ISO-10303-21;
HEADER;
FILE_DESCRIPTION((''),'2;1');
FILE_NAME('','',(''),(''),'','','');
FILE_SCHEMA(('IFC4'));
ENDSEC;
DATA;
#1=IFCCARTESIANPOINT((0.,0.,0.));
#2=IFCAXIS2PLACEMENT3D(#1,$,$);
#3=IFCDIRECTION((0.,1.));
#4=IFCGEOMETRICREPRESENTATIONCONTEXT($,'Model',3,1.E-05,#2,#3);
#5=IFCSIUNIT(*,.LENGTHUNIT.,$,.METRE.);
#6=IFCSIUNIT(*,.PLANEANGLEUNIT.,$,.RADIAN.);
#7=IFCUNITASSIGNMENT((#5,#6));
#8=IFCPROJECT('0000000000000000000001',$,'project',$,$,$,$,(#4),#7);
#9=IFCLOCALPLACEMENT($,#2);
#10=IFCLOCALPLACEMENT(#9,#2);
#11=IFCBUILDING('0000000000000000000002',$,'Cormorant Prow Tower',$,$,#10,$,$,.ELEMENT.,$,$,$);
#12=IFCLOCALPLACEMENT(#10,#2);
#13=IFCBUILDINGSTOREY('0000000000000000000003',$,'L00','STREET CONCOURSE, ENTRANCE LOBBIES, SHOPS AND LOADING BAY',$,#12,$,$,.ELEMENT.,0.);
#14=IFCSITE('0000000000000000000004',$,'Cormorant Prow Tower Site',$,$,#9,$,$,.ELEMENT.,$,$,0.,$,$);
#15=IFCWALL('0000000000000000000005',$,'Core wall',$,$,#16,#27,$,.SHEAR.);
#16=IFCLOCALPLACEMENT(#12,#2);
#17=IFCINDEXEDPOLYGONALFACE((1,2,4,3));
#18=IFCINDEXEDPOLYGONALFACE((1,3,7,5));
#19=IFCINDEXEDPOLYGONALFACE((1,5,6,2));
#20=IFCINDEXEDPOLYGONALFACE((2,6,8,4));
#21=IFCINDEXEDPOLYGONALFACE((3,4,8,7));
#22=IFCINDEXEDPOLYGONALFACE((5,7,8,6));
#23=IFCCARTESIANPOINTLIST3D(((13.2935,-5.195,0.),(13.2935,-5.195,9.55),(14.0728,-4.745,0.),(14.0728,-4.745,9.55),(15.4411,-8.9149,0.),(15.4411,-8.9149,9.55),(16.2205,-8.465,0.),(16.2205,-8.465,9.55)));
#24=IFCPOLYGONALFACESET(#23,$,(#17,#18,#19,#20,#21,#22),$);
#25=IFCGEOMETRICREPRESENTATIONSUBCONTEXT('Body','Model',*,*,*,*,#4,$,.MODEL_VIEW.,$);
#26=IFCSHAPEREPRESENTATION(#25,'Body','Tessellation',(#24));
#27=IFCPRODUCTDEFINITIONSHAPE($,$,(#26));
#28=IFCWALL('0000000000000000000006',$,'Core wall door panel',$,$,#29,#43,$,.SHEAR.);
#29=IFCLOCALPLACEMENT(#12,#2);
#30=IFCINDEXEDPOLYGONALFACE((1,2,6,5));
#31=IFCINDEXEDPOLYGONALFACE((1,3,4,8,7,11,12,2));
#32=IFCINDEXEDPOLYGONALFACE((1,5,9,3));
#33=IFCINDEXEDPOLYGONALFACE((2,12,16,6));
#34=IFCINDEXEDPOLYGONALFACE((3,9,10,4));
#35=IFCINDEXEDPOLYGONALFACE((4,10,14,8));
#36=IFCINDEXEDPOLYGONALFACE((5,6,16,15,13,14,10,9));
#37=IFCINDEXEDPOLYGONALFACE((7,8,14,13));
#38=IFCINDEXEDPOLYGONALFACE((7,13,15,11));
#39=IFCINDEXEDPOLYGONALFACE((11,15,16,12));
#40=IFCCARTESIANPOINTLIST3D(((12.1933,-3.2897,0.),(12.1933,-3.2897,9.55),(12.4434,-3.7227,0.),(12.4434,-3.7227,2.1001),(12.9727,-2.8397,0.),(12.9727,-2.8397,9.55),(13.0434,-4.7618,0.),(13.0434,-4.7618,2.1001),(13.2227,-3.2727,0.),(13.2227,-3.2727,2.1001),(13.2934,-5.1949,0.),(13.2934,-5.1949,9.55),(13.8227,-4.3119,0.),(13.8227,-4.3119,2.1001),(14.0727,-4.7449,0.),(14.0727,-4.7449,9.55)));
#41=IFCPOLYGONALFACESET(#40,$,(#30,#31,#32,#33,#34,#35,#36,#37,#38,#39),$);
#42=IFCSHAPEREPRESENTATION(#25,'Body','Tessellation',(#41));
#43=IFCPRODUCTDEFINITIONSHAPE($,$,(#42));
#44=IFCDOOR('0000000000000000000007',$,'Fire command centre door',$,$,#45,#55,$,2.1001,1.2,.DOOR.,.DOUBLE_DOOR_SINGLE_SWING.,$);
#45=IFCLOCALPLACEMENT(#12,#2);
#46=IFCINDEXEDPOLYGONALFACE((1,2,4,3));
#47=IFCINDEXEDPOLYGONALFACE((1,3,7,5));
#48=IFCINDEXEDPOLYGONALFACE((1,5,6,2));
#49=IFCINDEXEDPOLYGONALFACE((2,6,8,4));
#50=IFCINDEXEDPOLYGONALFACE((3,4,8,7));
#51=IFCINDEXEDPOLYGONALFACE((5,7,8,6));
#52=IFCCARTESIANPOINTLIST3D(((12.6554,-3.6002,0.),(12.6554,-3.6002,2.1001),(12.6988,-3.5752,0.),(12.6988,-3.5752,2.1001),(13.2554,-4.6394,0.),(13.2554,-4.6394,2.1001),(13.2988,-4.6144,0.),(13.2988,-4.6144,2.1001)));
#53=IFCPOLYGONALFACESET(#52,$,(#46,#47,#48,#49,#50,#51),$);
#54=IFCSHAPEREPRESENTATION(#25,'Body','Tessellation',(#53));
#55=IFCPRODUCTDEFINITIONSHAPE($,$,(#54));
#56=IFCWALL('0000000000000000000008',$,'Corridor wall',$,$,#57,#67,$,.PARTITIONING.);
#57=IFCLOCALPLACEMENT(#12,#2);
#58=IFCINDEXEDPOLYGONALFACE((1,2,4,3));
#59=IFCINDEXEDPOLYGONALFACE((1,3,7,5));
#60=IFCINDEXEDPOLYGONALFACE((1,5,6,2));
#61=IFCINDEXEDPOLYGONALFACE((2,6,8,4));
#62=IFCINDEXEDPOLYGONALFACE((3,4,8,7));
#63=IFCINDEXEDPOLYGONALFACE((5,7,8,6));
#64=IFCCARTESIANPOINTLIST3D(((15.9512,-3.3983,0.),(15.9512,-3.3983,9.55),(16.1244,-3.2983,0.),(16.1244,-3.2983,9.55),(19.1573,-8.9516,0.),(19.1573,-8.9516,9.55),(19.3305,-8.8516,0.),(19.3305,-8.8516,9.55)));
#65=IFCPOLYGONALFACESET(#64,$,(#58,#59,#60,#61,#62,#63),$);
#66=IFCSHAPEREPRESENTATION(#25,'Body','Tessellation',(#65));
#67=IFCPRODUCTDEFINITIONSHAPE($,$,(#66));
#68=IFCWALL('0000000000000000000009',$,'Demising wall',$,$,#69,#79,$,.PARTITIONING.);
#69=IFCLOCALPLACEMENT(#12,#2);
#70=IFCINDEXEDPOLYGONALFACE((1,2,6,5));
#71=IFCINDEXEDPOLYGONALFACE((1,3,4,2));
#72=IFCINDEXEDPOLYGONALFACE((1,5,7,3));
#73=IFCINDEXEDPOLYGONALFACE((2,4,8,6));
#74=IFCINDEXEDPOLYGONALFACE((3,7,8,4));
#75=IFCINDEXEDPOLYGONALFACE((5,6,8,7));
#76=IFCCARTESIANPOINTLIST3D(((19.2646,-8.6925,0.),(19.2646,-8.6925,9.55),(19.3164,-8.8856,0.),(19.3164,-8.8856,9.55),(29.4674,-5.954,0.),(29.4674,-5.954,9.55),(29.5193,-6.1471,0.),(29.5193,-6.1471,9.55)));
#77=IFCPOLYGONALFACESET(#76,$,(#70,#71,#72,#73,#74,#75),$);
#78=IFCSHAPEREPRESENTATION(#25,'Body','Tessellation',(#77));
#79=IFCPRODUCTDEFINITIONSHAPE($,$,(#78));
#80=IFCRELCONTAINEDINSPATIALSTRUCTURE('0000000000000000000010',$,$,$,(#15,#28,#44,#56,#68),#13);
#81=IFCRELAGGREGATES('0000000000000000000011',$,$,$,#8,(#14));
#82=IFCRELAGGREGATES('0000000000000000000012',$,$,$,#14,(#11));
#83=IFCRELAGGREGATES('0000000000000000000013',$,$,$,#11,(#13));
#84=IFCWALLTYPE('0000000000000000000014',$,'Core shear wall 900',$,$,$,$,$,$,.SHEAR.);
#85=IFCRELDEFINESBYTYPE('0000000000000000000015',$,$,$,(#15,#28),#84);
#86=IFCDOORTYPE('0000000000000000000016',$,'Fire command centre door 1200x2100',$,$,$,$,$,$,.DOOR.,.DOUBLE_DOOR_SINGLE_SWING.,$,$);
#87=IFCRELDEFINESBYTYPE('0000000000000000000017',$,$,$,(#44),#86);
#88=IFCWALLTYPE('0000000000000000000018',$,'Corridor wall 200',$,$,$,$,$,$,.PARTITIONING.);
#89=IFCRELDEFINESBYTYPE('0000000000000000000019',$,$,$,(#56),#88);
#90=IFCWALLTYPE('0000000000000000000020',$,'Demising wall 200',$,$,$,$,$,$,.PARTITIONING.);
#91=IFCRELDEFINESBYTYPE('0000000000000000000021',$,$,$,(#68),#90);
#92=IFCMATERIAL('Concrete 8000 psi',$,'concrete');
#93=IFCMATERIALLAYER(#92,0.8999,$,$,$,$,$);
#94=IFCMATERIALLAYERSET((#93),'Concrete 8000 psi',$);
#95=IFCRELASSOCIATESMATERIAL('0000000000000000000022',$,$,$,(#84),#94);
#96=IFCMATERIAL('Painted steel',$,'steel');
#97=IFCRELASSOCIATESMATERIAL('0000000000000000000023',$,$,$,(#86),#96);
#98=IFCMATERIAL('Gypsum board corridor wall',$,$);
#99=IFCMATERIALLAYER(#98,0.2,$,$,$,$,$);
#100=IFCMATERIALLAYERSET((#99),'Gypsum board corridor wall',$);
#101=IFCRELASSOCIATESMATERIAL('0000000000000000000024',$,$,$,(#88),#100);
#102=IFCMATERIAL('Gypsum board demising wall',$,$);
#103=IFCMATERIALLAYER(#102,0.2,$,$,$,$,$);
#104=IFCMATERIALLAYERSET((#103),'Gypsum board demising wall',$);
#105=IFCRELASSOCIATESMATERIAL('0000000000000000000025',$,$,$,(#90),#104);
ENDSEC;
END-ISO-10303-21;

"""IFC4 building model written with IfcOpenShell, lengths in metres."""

from ifc_helpers import new_model, si_unit, direction, frame, frame_2d, origin, place, context, subcontext, project, spatial, rectangle, extrude, material, layer, layer_set, type_object, element, fill, save


model = new_model("IFC4")

# Units and contexts
model_context = context("Model", 3, precision=1e-05, world=origin(), true_north=direction((0.0, 1.0)))
body_context = subcontext(model_context, "Body", "Model", "MODEL_VIEW")
ifc_project = project(units=[si_unit("LENGTHUNIT", "METRE"), si_unit("PLANEANGLEUNIT", "RADIAN")], contexts=[model_context])

# Site, building, storey
site_placement = place(None, origin())
site = spatial("IfcSite", under=ifc_project, at=site_placement, Name="Cormorant Prow Tower Site", CompositionType="ELEMENT", RefElevation=0.0)
building_placement = place(site_placement, origin())
building = spatial("IfcBuilding", under=site, at=building_placement, Name="Cormorant Prow Tower", CompositionType="ELEMENT")
storey_placement = place(building_placement, origin())
storey = spatial("IfcBuildingStorey", under=building, at=storey_placement, Name="L00", Description="STREET CONCOURSE, ENTRANCE LOBBIES, SHOPS AND LOADING BAY", CompositionType="ELEMENT", Elevation=0.0)

# Wall
ifc_material_1 = material(Name="Concrete 8000 psi", Category="concrete")
ifc_layer_1 = layer(ifc_material_1, 0.8999)
ifc_layer_set_1 = layer_set([ifc_layer_1], Name="Concrete 8000 psi")
wall_type_1 = type_object("IfcWallType", Name="Core shear wall 900", PredefinedType="SHEAR", material=ifc_layer_set_1)
wall_1_placement = place(storey_placement, frame((15.8308, -8.6899, 0.0), z_axis=(0.0, 0.0, 1.0), x_axis=(-0.499996, 0.866028, 0.0)))
element("IfcWall", 1, at=wall_1_placement, inside=storey, type_object=wall_type_1, Name="Core wall", PredefinedType="SHEAR", context=body_context, shape_type="SweptSolid", body=[
    extrude(rectangle(XDim=4.2954, YDim=0.8999, at=frame_2d((2.1477, 0.0))), origin(), (0.0, 0.0, 1.0), 9.55),
])

# Wall, opening, door
wall_2_placement = place(storey_placement, frame((13.6831, -4.97, 0.0), z_axis=(0.0, 0.0, 1.0), x_axis=(-0.50003, 0.866008, 0.0)))
wall_2 = element("IfcWall", 2, at=wall_2_placement, inside=storey, type_object=wall_type_1, Name="Core wall door panel", PredefinedType="SHEAR", context=body_context, shape_type="SweptSolid", body=[
    extrude(rectangle(XDim=2.2, YDim=0.8999, at=frame_2d((1.1001, 0.0))), origin(), (0.0, 0.0, 1.0), 9.55),
])
opening_placement = place(wall_2_placement, frame((0.5, 0.0, 0.0)))
opening = element("IfcOpeningElement", 3, at=opening_placement, cuts=wall_2, PredefinedType="OPENING", context=body_context, shape_type="SweptSolid", body=[
    extrude(rectangle(XDim=1.2, YDim=2.1001, at=frame_2d((0.6001, 1.05))), frame((0.0, 0.46, 0.0), z_axis=(0.0, -1.0, 0.0), x_axis=(1.0, 0.0, 0.0)), (0.0, 0.0, 1.0), 0.9199),
])
ifc_material_2 = material(Name="Painted steel", Category="steel")
door_type = type_object("IfcDoorType", Name="Fire command centre door 1200x2100", OperationType="DOUBLE_DOOR_SINGLE_SWING", PredefinedType="DOOR", material=ifc_material_2)
door_placement = place(opening_placement, origin())
door = element("IfcDoor", 4, at=door_placement, inside=storey, type_object=door_type, Name="Fire command centre door", OperationType="DOUBLE_DOOR_SINGLE_SWING", OverallHeight=2.1001, OverallWidth=1.2, PredefinedType="DOOR", context=body_context, shape_type="SweptSolid", body=[
    extrude(rectangle(XDim=1.2, YDim=2.1001, at=frame_2d((0.6001, 1.05))), frame((0.0, 0.2051, 0.0), z_axis=(0.0, -1.0, 0.0), x_axis=(1.0, 0.0, 0.0)), (0.0, 0.0, 1.0), 0.05),
])
fill(opening, door)

# Walls
ifc_material_3 = material(Name="Gypsum board corridor wall")
ifc_layer_2 = layer(ifc_material_3, 0.2)
ifc_layer_set_2 = layer_set([ifc_layer_2], Name="Gypsum board corridor wall")
wall_type_2 = type_object("IfcWallType", Name="Corridor wall 200", PredefinedType="PARTITIONING", material=ifc_layer_set_2)
wall_3_placement = place(storey_placement, frame((16.0378, -3.3484, 0.0), z_axis=(0.0, 0.0, 1.0), x_axis=(0.499988, -0.866032, 0.0)))
element("IfcWall", 5, at=wall_3_placement, inside=storey, type_object=wall_type_2, Name="Corridor wall", PredefinedType="PARTITIONING", context=body_context, shape_type="SweptSolid", body=[
    extrude(rectangle(XDim=6.4124, YDim=0.2, at=frame_2d((3.2061, 0.0))), origin(), (0.0, 0.0, 1.0), 9.55),
])
ifc_material_4 = material(Name="Gypsum board demising wall")
ifc_layer_3 = layer(ifc_material_4, 0.2)
ifc_layer_set_3 = layer_set([ifc_layer_3], Name="Gypsum board demising wall")
wall_type_3 = type_object("IfcWallType", Name="Demising wall 200", PredefinedType="PARTITIONING", material=ifc_layer_set_3)
wall_4_placement = place(storey_placement, frame((19.2905, -8.7891, 0.0), z_axis=(0.0, 0.0, 1.0), x_axis=(0.965815, 0.259232, 0.0)))
element("IfcWall", 6, at=wall_4_placement, inside=storey, type_object=wall_type_3, Name="Demising wall", PredefinedType="PARTITIONING", context=body_context, shape_type="SweptSolid", body=[
    extrude(rectangle(XDim=10.564, YDim=0.2, at=frame_2d((5.282, 0.0))), origin(), (0.0, 0.0, 1.0), 9.55),
])

save(model, "model.ifc")
